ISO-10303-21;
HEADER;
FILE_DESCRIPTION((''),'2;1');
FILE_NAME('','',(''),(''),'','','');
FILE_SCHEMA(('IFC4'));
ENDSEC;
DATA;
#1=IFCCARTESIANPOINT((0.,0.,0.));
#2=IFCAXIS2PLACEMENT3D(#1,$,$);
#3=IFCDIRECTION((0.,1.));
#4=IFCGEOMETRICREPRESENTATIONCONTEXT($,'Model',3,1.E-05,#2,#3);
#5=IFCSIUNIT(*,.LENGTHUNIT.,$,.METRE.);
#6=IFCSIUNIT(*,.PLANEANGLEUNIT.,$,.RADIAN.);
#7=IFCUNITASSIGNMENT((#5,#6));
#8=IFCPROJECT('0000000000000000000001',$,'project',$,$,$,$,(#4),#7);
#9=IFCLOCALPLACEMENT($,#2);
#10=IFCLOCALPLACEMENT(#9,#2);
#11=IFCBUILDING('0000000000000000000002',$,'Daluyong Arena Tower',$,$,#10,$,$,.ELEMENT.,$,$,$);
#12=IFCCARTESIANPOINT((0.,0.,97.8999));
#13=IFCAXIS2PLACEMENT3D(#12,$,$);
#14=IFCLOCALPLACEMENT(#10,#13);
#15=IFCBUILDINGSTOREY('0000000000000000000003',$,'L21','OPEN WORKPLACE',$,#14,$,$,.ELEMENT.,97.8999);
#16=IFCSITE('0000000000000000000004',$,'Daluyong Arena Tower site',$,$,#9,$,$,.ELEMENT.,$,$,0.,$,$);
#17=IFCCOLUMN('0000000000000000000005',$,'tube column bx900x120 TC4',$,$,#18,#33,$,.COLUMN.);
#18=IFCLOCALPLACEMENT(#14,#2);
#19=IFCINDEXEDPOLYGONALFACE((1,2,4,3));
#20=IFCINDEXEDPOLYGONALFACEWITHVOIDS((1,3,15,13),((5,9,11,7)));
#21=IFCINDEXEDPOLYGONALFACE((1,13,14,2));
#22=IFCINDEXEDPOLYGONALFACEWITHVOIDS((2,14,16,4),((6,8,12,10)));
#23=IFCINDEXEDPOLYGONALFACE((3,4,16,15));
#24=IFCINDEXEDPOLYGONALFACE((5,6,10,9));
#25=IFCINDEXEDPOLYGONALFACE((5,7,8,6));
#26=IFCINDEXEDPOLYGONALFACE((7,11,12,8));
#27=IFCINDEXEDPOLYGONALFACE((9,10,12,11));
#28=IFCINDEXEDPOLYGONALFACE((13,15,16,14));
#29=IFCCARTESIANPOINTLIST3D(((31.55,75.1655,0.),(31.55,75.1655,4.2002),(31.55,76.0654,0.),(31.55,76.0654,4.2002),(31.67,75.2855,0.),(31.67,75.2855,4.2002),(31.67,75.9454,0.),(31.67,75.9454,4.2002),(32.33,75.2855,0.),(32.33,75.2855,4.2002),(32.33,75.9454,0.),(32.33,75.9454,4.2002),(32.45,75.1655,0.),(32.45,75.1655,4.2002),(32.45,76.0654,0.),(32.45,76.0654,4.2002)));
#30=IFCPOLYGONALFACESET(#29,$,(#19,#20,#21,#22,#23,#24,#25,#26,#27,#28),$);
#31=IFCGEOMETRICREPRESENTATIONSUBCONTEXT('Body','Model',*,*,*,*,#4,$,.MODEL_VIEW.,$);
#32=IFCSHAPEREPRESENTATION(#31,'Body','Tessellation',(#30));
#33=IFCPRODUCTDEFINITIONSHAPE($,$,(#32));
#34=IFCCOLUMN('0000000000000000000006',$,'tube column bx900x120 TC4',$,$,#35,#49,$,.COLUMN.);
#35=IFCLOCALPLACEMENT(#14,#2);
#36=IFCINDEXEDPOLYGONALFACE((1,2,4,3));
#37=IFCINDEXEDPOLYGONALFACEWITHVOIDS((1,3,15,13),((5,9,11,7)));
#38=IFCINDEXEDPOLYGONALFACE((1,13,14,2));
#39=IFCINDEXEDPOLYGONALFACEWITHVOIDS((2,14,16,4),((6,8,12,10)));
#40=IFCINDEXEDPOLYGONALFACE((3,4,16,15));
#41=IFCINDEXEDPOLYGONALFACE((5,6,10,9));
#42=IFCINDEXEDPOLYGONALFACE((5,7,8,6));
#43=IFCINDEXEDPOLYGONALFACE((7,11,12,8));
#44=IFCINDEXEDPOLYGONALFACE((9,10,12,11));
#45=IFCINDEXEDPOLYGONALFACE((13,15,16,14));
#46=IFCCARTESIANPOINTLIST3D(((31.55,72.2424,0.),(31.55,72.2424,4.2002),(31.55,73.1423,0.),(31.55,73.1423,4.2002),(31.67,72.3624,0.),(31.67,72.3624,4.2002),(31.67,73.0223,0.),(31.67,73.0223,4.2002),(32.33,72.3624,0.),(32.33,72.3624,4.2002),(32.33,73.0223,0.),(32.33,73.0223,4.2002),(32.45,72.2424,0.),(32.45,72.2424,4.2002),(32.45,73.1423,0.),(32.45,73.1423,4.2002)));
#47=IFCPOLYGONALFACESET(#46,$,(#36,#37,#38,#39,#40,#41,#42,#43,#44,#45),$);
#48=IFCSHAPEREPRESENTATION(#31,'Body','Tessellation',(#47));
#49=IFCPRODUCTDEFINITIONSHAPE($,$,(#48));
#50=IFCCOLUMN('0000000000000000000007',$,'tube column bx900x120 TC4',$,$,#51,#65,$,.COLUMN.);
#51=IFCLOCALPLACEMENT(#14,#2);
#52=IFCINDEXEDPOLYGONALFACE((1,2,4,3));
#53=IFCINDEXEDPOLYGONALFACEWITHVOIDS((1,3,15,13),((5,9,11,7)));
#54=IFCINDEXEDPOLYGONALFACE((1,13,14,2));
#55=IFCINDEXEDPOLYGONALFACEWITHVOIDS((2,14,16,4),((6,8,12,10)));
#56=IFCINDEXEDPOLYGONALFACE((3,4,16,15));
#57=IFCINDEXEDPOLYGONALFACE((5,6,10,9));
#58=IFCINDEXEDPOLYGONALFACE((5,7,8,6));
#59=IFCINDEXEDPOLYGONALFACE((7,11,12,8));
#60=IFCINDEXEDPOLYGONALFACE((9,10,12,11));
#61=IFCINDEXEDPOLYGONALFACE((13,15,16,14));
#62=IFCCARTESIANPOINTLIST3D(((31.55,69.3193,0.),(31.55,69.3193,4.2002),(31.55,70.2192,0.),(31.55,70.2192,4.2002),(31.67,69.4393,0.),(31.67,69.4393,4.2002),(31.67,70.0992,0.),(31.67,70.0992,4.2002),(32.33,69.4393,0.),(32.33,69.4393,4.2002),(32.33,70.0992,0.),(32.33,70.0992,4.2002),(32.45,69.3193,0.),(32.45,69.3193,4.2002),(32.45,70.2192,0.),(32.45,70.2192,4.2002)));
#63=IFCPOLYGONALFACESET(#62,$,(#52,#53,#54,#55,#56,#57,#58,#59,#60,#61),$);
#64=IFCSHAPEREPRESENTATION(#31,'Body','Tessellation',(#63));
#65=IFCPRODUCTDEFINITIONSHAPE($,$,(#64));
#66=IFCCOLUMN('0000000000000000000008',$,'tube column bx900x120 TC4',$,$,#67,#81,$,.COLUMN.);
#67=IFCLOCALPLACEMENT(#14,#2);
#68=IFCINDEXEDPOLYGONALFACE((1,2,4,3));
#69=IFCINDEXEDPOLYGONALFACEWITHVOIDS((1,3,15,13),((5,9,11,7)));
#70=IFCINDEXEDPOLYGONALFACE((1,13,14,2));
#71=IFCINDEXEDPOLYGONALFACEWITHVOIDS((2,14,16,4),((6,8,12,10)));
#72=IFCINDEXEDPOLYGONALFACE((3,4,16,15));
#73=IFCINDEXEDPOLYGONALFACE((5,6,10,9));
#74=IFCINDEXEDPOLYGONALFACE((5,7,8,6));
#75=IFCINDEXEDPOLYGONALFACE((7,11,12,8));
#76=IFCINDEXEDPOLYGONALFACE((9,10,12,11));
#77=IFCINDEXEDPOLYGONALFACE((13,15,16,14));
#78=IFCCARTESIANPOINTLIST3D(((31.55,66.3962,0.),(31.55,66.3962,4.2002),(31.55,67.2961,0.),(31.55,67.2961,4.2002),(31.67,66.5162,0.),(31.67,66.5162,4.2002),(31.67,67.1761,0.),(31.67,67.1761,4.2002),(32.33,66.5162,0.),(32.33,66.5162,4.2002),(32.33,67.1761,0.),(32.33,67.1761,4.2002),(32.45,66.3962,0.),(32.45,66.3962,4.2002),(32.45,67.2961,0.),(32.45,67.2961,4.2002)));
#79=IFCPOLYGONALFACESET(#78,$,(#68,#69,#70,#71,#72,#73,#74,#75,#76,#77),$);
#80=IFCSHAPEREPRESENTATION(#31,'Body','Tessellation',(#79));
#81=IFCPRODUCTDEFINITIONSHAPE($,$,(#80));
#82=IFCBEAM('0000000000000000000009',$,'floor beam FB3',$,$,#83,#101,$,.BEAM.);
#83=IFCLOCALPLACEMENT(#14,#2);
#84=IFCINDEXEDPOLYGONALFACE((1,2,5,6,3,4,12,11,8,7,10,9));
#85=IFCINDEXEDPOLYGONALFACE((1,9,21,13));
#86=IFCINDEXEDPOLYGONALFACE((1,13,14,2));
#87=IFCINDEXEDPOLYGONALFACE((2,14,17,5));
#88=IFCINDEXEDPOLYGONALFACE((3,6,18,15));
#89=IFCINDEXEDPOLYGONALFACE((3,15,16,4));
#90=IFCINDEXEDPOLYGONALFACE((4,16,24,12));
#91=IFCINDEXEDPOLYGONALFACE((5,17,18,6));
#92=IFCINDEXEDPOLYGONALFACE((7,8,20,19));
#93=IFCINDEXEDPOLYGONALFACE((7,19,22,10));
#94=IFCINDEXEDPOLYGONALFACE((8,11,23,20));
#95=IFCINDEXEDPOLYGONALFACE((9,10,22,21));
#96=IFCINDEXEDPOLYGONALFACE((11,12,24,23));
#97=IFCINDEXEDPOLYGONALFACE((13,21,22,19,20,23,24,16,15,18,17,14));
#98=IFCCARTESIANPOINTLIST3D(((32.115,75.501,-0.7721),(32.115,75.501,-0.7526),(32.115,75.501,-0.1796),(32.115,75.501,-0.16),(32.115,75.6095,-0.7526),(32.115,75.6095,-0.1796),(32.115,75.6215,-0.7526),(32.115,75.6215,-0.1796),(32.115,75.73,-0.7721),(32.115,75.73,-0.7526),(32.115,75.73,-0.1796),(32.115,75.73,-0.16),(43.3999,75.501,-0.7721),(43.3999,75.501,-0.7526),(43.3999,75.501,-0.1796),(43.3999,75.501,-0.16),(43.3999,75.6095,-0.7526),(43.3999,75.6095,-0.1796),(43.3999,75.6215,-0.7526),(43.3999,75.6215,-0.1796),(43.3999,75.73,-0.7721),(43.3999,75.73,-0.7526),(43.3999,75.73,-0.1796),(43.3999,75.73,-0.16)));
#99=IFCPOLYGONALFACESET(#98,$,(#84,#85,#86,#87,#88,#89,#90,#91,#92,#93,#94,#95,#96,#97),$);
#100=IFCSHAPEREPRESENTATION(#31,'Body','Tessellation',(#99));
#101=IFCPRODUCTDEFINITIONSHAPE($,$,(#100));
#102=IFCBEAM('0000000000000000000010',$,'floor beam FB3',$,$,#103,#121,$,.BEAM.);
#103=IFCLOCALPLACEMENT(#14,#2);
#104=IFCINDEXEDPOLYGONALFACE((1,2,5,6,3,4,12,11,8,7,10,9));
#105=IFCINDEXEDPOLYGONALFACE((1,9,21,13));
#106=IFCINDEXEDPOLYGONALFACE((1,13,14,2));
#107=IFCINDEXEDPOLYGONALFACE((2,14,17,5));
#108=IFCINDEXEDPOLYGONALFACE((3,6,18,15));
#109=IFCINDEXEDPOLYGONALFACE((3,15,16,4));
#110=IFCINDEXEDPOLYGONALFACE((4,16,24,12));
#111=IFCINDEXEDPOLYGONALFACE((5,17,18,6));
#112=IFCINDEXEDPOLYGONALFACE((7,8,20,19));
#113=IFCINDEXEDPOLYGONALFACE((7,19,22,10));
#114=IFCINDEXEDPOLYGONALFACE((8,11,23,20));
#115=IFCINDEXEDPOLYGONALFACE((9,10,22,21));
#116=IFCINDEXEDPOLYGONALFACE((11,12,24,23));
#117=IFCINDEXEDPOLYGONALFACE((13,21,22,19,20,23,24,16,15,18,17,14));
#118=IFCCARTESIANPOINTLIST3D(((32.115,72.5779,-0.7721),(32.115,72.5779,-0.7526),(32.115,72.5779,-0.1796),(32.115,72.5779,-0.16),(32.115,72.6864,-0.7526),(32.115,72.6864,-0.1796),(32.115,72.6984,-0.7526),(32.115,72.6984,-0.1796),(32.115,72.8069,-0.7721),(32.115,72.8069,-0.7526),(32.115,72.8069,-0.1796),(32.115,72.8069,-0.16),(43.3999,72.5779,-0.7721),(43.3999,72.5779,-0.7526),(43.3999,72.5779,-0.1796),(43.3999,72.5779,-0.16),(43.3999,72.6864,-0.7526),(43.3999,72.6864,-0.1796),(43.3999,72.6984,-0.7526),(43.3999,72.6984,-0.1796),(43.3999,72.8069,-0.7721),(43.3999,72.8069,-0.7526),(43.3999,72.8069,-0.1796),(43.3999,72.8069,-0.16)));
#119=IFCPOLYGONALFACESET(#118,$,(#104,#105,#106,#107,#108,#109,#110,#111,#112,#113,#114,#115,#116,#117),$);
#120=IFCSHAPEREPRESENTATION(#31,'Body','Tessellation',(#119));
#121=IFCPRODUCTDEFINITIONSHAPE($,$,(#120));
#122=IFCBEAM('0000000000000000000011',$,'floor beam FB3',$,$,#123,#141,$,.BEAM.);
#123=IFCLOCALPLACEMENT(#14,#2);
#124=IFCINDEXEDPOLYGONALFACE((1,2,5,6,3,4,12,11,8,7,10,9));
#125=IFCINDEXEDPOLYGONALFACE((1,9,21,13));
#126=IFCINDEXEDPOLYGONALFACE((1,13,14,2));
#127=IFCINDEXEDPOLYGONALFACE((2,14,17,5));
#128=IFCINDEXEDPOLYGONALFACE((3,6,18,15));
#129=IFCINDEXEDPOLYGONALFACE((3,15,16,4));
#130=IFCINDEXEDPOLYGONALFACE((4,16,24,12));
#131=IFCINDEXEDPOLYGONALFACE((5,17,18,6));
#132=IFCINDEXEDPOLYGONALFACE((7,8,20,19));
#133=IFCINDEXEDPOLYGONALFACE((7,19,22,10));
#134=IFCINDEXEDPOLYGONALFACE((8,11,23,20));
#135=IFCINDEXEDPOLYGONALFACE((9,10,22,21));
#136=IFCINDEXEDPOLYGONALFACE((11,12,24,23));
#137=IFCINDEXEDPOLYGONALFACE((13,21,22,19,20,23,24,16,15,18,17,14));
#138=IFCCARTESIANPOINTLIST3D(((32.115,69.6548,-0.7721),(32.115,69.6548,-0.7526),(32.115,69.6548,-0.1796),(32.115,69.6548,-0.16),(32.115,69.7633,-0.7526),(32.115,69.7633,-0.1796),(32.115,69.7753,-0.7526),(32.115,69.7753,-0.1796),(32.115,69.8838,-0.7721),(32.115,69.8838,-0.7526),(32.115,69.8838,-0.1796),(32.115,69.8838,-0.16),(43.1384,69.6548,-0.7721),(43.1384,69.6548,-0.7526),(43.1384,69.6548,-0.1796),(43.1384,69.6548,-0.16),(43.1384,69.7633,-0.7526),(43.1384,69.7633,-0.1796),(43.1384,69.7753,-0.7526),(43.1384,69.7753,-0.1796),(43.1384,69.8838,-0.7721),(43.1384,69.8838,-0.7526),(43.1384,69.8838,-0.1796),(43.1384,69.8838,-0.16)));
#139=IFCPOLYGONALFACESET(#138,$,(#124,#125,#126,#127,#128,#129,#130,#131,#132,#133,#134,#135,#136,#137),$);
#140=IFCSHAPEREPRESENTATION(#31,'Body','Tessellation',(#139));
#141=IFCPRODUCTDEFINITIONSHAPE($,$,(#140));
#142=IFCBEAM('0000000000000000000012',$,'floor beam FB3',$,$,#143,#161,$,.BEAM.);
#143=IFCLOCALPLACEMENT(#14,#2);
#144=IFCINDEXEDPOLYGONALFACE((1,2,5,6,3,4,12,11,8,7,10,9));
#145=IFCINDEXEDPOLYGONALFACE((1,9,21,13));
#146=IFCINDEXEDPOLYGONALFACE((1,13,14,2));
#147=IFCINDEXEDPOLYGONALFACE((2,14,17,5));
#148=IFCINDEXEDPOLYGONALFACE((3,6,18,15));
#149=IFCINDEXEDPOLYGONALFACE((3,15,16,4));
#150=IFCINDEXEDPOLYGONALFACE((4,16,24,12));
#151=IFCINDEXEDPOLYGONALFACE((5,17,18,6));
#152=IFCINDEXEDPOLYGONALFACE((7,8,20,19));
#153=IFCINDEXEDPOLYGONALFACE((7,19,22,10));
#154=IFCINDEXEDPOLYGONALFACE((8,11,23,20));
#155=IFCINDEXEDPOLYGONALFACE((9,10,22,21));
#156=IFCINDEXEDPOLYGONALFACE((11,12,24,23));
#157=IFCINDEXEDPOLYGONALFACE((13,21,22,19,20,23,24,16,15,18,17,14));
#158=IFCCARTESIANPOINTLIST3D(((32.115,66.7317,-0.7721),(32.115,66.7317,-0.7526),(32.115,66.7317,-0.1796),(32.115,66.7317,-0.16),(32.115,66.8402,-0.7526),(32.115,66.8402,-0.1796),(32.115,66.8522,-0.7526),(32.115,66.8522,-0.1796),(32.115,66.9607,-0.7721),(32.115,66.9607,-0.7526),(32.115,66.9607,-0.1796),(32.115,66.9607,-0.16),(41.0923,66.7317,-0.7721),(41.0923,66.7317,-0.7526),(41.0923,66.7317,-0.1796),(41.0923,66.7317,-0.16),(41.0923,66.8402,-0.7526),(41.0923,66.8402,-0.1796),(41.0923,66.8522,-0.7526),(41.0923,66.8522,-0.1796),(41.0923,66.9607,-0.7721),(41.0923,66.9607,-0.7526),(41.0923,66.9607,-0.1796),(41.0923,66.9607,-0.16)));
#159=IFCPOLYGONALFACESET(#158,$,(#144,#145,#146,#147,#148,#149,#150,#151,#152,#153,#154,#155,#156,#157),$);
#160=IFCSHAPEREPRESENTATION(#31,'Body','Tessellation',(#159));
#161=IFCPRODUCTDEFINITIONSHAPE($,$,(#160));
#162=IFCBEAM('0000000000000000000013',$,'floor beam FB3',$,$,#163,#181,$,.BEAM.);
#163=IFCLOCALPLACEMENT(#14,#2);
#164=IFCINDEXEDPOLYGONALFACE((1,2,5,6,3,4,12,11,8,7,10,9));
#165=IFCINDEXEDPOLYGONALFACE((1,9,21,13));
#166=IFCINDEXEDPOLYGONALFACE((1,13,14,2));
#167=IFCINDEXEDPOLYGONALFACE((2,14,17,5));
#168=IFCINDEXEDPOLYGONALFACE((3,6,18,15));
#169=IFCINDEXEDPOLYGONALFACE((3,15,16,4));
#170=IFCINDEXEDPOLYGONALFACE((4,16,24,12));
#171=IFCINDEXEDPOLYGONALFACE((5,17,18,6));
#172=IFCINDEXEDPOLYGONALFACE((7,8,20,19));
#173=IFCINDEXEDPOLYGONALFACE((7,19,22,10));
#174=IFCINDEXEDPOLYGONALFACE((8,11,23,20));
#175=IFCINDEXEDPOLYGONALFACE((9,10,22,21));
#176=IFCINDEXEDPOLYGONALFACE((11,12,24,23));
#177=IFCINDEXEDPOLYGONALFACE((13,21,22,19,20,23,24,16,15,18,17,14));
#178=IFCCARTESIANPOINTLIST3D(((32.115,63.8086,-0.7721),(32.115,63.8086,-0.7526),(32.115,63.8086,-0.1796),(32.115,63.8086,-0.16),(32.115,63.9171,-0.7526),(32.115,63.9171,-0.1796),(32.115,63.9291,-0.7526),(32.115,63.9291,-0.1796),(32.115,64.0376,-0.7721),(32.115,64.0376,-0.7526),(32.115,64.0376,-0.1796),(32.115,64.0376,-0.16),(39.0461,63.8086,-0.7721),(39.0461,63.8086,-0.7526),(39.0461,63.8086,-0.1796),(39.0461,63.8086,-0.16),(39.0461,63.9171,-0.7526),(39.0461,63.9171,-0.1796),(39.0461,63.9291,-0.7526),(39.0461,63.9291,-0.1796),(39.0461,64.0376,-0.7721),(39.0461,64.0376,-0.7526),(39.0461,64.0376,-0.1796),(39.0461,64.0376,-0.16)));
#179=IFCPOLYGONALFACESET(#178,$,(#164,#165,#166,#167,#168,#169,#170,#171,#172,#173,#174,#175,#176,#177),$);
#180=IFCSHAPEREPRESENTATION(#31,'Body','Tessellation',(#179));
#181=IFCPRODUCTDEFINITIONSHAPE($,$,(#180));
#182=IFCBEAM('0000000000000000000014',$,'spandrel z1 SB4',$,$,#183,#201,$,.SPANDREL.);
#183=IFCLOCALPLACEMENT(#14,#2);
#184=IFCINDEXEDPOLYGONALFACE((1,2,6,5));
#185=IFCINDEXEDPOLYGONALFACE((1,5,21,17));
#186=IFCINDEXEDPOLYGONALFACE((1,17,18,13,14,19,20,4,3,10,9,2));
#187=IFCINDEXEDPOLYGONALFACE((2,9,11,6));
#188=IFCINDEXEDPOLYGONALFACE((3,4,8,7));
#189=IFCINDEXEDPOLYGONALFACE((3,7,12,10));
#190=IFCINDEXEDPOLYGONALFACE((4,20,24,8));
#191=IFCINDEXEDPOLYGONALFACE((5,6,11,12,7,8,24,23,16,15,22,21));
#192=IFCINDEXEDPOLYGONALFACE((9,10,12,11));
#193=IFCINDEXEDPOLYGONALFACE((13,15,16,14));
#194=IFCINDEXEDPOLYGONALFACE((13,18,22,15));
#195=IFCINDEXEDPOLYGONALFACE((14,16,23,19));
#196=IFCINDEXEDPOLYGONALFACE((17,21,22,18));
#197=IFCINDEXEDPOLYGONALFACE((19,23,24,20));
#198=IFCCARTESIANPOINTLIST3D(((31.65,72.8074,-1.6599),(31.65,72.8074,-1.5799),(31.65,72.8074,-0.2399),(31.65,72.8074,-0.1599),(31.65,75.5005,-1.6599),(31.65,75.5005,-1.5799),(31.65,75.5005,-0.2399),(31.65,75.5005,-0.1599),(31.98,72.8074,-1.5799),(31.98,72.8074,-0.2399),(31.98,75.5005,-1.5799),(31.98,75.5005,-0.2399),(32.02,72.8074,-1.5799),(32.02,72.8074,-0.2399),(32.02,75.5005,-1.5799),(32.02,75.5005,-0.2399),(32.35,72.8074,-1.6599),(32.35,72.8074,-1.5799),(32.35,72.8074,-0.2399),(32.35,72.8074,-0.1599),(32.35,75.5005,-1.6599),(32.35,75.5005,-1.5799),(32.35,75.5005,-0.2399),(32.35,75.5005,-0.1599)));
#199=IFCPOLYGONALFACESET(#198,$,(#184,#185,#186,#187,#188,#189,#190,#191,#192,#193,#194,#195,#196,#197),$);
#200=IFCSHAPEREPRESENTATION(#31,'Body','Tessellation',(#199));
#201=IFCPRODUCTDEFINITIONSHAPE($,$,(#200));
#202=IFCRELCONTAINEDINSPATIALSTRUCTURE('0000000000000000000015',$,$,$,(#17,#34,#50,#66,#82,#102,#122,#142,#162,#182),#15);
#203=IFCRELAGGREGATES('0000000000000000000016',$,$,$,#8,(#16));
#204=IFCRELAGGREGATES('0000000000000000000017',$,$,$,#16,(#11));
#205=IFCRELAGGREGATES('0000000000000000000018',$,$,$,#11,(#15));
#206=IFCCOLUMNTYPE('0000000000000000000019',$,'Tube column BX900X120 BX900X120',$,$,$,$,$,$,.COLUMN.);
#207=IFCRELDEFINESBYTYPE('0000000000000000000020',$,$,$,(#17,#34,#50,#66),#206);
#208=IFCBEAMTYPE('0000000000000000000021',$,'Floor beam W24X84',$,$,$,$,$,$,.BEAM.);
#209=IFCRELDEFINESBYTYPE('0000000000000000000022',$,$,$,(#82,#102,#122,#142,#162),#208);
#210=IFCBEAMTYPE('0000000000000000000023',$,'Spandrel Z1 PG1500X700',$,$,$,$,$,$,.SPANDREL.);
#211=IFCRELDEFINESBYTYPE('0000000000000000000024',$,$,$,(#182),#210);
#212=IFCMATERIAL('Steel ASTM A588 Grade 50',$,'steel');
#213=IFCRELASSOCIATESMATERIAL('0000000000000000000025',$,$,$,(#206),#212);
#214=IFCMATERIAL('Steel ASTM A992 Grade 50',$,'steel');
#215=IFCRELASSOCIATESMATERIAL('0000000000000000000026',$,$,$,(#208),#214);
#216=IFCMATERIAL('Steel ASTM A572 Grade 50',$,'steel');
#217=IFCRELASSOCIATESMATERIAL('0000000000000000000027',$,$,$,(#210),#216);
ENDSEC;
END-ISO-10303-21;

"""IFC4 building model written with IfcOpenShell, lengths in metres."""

from ifc_helpers import new_model, si_unit, direction, frame, origin, origin_2d, place, context, subcontext, project, spatial, hollow_rectangle, i_section, extrude, material, material_profile, profile_set, type_object, element, save


model = new_model("IFC4")

# Units and contexts
model_context = context("Model", 3, precision=1e-05, world=origin(), true_north=direction((0.0, 1.0)))
body_context = subcontext(model_context, "Body", "Model", "MODEL_VIEW")
ifc_project = project(units=[si_unit("LENGTHUNIT", "METRE"), si_unit("PLANEANGLEUNIT", "RADIAN")], contexts=[model_context])

# Site, building, storey
site_placement = place(None, origin())
site = spatial("IfcSite", under=ifc_project, at=site_placement, Name="Daluyong Arena Tower site", CompositionType="ELEMENT", RefElevation=0.0)
building_placement = place(site_placement, origin())
building = spatial("IfcBuilding", under=site, at=building_placement, Name="Daluyong Arena Tower", CompositionType="ELEMENT")
storey_placement = place(building_placement, frame((0.0, 0.0, 97.8999)))
storey = spatial("IfcBuildingStorey", under=building, at=storey_placement, Name="L21", Description="OPEN WORKPLACE", CompositionType="ELEMENT", Elevation=97.8999)

# Columns
ifc_material_1 = material(Name="Steel ASTM A588 Grade 50", Category="steel")
ifc_material_profile_1 = material_profile(ifc_material_1, hollow_rectangle(XDim=0.8999, YDim=0.8999, WallThickness=0.12, at=origin_2d()))
ifc_profile_set_1 = profile_set([ifc_material_profile_1], Name="Steel ASTM A588 Grade 50")
column_type = type_object("IfcColumnType", Name="Tube column BX900X120 BX900X120", PredefinedType="COLUMN", material=ifc_profile_set_1)
for number, where, z_axis, x_axis, name in (
    (1, (32.0, 75.6155, 0.0), (0.0, 0.0, 1.0), (0.0, 1.0, 0.0), "tube column bx900x120 TC4"),
    (2, (32.0, 72.6924, 0.0), (0.0, 0.0, 1.0), (0.0, 1.0, 0.0), "tube column bx900x120 TC4"),
    (3, (32.0, 69.7693, 0.0), (0.0, 0.0, 1.0), (0.0, 1.0, 0.0), "tube column bx900x120 TC4"),
    (4, (32.0, 66.8462, 0.0), (0.0, 0.0, 1.0), (0.0, 1.0, 0.0), "tube column bx900x120 TC4"),
):
    element("IfcColumn", number, at=place(storey_placement, frame(where, z_axis=z_axis, x_axis=x_axis)), inside=storey, type_object=column_type, Name=name, PredefinedType="COLUMN", context=body_context, shape_type="SweptSolid", body=[
        extrude(hollow_rectangle(XDim=0.8999, YDim=0.8999, WallThickness=0.12, at=origin_2d()), origin(), (0.0, 0.0, 1.0), 4.2002),
    ])

# Beams
ifc_material_2 = material(Name="Steel ASTM A992 Grade 50", Category="steel")
ifc_material_profile_2 = material_profile(ifc_material_2, i_section(OverallWidth=0.229, OverallDepth=0.6121, WebThickness=0.012, FlangeThickness=0.0195, at=origin_2d()))
ifc_profile_set_2 = profile_set([ifc_material_profile_2], Name="Steel ASTM A992 Grade 50")
beam_type_1 = type_object("IfcBeamType", Name="Floor beam W24X84", PredefinedType="BEAM", material=ifc_profile_set_2)
for number, where, z_axis, x_axis, name in (
    (5, (32.115, 75.6155, -0.4661), (1.0, 0.0, 0.0), (0.0, 1.0, 0.0), "floor beam FB3"),
    (6, (32.115, 72.6924, -0.4661), (1.0, 0.0, 0.0), (0.0, 1.0, 0.0), "floor beam FB3"),
):
    element("IfcBeam", number, at=place(storey_placement, frame(where, z_axis=z_axis, x_axis=x_axis)), inside=storey, type_object=beam_type_1, Name=name, PredefinedType="BEAM", context=body_context, shape_type="SweptSolid", body=[
        extrude(i_section(OverallWidth=0.229, OverallDepth=0.6121, WebThickness=0.012, FlangeThickness=0.0195, at=origin_2d()), origin(), (0.0, 0.0, 1.0), 11.2849),
    ])
beam_1_placement = place(storey_placement, frame((32.115, 69.7693, -0.4661), z_axis=(1.0, 0.0, 0.0), x_axis=(0.0, 1.0, 0.0)))
element("IfcBeam", 7, at=beam_1_placement, inside=storey, type_object=beam_type_1, Name="floor beam FB3", PredefinedType="BEAM", context=body_context, shape_type="SweptSolid", body=[
    extrude(i_section(OverallWidth=0.229, OverallDepth=0.6121, WebThickness=0.012, FlangeThickness=0.0195, at=origin_2d()), origin(), (0.0, 0.0, 1.0), 11.0234),
])
beam_2_placement = place(storey_placement, frame((32.115, 66.8462, -0.4661), z_axis=(1.0, 0.0, 0.0), x_axis=(0.0, 1.0, 0.0)))
element("IfcBeam", 8, at=beam_2_placement, inside=storey, type_object=beam_type_1, Name="floor beam FB3", PredefinedType="BEAM", context=body_context, shape_type="SweptSolid", body=[
    extrude(i_section(OverallWidth=0.229, OverallDepth=0.6121, WebThickness=0.012, FlangeThickness=0.0195, at=origin_2d()), origin(), (0.0, 0.0, 1.0), 8.9773),
])
beam_3_placement = place(storey_placement, frame((32.115, 63.9231, -0.4661), z_axis=(1.0, 0.0, 0.0), x_axis=(0.0, 1.0, 0.0)))
element("IfcBeam", 9, at=beam_3_placement, inside=storey, type_object=beam_type_1, Name="floor beam FB3", PredefinedType="BEAM", context=body_context, shape_type="SweptSolid", body=[
    extrude(i_section(OverallWidth=0.229, OverallDepth=0.6121, WebThickness=0.012, FlangeThickness=0.0195, at=origin_2d()), origin(), (0.0, 0.0, 1.0), 6.9312),
])
ifc_material_3 = material(Name="Steel ASTM A572 Grade 50", Category="steel")
ifc_material_profile_3 = material_profile(ifc_material_3, i_section(OverallWidth=0.7, OverallDepth=1.5, WebThickness=0.04, FlangeThickness=0.08, at=origin_2d()))
ifc_profile_set_3 = profile_set([ifc_material_profile_3], Name="Steel ASTM A572 Grade 50")
beam_type_2 = type_object("IfcBeamType", Name="Spandrel Z1 PG1500X700", PredefinedType="SPANDREL", material=ifc_profile_set_3)
for number, where, z_axis, x_axis, name in (
    (10, (32.0, 75.5005, -0.9099), (0.0, -1.0, 0.0), (1.0, 0.0, 0.0), "spandrel z1 SB4"),
):
    element("IfcBeam", number, at=place(storey_placement, frame(where, z_axis=z_axis, x_axis=x_axis)), inside=storey, type_object=beam_type_2, Name=name, PredefinedType="SPANDREL", context=body_context, shape_type="SweptSolid", body=[
        extrude(i_section(OverallWidth=0.7, OverallDepth=1.5, WebThickness=0.04, FlangeThickness=0.08, at=origin_2d()), origin(), (0.0, 0.0, 1.0), 2.6931),
    ])

save(model, "model.ifc")
